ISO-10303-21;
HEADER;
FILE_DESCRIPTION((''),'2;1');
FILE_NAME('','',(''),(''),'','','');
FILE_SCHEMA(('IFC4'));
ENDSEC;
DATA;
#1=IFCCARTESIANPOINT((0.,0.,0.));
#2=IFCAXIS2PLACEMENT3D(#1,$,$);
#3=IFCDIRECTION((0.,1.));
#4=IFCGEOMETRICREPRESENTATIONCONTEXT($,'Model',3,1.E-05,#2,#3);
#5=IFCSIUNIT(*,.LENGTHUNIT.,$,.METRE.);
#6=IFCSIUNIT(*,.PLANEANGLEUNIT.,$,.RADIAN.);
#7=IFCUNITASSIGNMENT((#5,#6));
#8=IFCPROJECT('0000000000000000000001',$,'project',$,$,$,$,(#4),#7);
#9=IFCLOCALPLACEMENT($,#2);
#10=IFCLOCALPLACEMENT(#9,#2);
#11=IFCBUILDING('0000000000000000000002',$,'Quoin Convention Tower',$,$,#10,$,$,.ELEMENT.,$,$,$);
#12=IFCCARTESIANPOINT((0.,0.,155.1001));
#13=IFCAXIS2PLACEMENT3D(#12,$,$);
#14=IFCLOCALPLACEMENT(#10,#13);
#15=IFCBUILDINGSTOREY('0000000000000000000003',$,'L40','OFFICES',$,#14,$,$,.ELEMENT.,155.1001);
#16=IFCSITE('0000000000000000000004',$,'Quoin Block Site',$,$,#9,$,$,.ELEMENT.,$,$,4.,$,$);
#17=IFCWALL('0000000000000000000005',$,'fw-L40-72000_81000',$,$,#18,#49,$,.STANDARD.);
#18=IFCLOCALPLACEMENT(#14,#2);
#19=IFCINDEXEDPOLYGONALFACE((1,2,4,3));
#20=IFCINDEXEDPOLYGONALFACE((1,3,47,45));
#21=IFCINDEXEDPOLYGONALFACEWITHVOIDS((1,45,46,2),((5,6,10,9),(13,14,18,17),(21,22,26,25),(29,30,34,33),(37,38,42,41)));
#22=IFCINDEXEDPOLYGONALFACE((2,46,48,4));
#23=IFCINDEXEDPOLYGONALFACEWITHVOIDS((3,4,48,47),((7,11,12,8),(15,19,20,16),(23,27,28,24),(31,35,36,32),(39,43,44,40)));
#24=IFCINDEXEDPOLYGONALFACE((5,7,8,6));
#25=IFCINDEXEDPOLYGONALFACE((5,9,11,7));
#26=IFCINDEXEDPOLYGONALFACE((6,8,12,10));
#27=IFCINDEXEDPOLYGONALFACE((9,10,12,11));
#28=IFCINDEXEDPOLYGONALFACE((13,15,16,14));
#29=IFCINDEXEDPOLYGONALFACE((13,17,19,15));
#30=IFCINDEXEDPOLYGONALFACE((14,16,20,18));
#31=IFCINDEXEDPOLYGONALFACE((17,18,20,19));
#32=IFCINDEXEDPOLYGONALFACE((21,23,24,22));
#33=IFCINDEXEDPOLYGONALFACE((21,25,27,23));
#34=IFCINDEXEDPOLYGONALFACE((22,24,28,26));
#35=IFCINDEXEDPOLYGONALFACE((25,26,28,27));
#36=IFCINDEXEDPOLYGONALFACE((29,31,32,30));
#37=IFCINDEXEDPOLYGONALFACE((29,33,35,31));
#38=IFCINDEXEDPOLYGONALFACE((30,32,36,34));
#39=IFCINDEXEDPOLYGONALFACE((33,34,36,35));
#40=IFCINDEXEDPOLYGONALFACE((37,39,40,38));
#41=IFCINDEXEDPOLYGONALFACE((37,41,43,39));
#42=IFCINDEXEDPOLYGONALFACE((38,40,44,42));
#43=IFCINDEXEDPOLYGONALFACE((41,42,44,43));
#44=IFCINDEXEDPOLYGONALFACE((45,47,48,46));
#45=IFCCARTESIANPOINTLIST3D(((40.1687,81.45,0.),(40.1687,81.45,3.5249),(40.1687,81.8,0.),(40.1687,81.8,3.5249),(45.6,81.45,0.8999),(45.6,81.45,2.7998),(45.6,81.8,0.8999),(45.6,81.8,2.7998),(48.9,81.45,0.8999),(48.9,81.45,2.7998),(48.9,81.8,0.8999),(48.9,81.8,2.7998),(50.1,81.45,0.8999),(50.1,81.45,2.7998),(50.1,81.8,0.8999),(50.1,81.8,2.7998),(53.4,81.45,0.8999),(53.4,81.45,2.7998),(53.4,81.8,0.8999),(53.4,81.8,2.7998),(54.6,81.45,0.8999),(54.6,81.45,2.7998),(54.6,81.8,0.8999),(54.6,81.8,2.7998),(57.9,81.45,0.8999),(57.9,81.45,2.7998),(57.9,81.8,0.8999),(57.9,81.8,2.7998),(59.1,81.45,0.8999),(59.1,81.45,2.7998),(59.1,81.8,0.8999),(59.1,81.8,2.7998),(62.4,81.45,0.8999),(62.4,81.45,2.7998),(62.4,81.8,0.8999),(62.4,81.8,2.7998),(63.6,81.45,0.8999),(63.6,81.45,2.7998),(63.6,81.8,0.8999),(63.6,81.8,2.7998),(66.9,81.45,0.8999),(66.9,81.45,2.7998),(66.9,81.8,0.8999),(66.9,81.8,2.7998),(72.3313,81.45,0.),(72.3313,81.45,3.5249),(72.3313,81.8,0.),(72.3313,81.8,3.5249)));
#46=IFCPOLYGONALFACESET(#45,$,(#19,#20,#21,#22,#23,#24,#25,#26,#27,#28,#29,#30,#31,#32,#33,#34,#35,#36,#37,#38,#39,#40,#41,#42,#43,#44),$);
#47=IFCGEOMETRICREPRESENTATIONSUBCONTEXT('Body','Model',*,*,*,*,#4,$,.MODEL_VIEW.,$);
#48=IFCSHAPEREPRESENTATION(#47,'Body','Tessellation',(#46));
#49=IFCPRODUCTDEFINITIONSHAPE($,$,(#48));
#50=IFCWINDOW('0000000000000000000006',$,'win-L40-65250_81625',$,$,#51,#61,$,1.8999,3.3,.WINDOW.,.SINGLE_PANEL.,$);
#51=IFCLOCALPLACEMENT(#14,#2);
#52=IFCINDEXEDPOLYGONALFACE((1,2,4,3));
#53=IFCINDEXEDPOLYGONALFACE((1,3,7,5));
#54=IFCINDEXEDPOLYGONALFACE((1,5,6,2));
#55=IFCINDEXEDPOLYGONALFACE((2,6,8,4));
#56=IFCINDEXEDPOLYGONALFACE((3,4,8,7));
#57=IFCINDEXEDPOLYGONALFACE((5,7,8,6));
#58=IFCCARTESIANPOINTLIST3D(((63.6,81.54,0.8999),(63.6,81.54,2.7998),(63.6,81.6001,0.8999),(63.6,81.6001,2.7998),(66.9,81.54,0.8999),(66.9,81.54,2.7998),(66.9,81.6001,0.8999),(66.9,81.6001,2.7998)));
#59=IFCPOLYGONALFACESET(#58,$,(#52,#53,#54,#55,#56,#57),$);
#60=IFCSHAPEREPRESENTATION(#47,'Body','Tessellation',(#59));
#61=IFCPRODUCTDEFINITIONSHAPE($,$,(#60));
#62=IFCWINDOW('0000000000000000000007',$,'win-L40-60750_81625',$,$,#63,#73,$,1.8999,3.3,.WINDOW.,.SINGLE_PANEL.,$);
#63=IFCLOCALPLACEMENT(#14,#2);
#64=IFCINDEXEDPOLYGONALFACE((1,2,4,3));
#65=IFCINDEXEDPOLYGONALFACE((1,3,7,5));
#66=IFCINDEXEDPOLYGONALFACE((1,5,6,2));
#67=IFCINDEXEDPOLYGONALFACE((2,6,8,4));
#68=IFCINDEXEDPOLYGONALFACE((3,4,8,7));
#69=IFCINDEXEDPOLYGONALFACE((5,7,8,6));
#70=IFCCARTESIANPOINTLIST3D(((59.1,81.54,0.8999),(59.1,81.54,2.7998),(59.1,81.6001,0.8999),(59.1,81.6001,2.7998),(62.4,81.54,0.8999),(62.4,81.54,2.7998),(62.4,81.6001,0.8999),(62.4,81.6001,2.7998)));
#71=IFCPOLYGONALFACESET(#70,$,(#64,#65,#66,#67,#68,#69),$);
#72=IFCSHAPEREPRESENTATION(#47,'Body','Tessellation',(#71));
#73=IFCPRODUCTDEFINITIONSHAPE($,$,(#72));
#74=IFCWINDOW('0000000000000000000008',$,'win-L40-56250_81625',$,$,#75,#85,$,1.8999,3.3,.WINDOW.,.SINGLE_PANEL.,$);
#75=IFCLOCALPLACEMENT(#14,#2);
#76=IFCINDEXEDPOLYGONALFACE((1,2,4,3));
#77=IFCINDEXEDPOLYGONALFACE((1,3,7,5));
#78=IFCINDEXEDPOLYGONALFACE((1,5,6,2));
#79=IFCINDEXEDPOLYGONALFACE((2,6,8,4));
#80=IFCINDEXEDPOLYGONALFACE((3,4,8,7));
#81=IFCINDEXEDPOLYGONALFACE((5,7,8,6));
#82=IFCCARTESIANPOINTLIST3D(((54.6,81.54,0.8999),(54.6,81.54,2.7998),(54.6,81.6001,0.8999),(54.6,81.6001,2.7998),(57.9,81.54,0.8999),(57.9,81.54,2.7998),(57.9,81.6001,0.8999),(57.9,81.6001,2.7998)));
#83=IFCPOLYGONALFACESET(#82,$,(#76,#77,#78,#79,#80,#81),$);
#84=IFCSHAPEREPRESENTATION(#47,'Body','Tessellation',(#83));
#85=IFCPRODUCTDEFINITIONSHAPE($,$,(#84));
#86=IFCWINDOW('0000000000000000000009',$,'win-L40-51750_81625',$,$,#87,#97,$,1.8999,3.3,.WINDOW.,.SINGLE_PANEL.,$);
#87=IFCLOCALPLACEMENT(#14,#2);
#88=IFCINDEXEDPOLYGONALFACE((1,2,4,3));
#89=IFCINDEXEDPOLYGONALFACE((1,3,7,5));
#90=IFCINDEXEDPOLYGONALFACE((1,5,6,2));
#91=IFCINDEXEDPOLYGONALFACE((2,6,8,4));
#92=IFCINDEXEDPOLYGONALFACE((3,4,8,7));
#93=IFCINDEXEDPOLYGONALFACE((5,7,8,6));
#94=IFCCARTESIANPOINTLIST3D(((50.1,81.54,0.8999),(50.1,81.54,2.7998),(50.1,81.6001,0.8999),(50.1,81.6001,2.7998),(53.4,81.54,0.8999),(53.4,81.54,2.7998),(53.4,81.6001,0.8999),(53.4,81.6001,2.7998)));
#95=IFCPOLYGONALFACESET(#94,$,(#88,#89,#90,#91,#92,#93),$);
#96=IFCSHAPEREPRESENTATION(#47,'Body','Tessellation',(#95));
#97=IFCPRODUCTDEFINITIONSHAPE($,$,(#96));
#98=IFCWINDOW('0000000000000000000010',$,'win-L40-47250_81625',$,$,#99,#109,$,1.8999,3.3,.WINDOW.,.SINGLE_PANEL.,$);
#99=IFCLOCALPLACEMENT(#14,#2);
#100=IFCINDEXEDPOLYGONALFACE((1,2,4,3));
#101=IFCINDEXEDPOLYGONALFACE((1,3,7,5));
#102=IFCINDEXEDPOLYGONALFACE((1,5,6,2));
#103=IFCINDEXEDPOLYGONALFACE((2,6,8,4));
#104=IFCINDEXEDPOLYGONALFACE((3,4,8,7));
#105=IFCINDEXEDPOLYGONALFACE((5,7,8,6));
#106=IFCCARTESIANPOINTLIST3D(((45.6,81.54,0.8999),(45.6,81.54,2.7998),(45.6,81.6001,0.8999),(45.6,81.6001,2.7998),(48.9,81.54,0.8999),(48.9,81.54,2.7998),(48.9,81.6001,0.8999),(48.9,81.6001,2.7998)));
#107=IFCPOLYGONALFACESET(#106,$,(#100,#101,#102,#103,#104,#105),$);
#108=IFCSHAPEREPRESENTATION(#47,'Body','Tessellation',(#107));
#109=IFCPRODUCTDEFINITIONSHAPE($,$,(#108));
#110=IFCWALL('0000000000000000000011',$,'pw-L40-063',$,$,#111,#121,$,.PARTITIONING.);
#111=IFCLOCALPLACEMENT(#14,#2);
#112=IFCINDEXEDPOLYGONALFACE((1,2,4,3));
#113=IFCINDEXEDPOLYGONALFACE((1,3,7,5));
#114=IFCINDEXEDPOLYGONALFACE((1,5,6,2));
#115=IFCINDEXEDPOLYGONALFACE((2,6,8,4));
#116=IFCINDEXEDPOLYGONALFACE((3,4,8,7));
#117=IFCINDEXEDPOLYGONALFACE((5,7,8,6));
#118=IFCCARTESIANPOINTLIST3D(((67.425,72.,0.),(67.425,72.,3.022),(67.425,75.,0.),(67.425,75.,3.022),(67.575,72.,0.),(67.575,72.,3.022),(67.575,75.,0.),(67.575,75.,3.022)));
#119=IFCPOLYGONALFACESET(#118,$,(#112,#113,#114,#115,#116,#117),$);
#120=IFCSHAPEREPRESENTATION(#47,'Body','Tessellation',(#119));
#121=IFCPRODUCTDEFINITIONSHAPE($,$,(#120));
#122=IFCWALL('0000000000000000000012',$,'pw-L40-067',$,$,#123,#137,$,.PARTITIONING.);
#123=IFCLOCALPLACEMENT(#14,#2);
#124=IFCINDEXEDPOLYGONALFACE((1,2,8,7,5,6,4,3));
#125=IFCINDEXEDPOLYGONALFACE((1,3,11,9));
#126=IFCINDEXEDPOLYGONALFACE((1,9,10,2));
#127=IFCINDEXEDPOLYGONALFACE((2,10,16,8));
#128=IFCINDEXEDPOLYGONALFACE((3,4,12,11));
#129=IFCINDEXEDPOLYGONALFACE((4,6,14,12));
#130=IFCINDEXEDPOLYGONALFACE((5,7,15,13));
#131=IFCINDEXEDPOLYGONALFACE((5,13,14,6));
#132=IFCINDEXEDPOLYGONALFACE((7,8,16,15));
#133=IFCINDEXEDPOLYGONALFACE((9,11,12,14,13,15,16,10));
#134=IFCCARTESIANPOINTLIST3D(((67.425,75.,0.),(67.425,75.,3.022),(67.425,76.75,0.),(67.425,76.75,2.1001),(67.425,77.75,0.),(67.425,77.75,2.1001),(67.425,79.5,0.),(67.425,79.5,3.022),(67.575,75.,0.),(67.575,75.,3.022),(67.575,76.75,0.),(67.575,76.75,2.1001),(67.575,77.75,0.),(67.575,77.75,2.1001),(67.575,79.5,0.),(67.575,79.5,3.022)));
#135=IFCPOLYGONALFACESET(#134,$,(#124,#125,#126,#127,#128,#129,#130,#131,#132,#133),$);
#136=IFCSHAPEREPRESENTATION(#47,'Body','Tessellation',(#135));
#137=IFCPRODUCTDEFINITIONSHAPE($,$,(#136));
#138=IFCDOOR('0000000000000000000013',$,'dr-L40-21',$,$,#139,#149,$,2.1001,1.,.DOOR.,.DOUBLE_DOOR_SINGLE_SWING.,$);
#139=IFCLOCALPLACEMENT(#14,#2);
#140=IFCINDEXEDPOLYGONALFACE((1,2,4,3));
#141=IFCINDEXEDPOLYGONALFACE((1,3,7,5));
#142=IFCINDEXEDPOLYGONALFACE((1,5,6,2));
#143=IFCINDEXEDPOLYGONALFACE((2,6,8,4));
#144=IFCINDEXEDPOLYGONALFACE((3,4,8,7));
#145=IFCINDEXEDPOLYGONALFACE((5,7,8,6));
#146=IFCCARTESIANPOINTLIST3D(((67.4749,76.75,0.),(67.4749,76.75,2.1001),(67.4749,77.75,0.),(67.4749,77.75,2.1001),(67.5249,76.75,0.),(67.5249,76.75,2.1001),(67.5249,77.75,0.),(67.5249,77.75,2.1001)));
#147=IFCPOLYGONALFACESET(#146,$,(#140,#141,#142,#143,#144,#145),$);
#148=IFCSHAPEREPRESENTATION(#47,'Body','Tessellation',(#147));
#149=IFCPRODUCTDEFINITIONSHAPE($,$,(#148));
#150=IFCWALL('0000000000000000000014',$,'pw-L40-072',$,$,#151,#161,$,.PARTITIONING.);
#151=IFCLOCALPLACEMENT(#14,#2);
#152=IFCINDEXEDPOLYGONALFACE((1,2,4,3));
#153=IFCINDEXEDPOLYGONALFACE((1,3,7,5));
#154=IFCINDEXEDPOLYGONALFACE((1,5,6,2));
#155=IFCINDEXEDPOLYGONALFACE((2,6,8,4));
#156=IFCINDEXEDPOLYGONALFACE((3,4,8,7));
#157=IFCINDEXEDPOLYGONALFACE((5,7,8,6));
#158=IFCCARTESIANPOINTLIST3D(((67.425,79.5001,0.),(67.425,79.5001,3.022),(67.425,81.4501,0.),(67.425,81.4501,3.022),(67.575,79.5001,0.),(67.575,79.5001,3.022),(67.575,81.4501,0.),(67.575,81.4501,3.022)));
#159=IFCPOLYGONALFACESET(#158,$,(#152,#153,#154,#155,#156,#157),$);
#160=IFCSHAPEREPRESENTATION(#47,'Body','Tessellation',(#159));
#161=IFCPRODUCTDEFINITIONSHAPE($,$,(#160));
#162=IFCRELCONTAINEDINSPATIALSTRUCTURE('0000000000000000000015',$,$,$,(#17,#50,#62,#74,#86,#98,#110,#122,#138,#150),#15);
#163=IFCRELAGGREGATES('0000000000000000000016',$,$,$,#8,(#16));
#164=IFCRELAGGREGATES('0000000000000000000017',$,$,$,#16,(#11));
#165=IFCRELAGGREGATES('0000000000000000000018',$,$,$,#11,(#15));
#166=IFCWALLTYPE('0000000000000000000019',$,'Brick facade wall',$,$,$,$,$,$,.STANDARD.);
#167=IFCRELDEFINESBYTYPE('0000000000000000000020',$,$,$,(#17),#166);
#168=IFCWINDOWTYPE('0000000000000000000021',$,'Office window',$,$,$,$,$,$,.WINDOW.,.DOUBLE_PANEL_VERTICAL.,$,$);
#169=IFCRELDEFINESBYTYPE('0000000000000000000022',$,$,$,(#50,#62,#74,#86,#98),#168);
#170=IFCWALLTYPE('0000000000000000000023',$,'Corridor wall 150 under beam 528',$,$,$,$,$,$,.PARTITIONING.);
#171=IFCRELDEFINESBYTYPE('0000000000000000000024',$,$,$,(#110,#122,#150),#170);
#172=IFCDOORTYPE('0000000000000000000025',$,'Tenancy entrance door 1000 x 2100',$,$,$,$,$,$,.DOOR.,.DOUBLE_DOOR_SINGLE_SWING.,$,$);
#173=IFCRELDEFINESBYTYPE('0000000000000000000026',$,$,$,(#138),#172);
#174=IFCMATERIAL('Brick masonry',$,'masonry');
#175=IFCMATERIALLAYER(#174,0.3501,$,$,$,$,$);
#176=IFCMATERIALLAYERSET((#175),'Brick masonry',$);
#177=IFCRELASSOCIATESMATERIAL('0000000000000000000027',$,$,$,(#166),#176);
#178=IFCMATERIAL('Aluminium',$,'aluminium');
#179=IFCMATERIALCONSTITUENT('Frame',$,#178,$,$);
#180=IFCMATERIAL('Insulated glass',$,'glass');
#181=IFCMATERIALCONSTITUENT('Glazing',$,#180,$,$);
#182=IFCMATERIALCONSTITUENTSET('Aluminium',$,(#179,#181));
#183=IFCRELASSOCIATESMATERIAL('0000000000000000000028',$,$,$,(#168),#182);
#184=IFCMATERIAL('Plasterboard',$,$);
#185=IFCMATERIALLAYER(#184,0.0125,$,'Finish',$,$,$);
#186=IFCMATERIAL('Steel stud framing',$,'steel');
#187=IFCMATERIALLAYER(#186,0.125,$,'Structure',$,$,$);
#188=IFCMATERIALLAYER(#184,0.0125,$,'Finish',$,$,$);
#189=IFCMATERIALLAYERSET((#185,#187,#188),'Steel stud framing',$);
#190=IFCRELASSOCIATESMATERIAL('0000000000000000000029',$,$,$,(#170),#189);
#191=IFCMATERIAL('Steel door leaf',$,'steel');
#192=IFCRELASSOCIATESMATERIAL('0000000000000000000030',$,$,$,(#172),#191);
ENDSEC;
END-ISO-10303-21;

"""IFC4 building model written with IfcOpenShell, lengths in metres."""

from ifc_helpers import new_model, si_unit, direction, frame, frame_2d, origin, place, context, subcontext, project, spatial, rectangle, extrude, material, layer, layer_set, constituent, constituent_set, type_object, element, fill, save


model = new_model("IFC4")

# Units and contexts
model_context = context("Model", 3, precision=1e-05, world=origin(), true_north=direction((0.0, 1.0)))
body_context = subcontext(model_context, "Body", "Model", "MODEL_VIEW")
ifc_project = project(units=[si_unit("LENGTHUNIT", "METRE"), si_unit("PLANEANGLEUNIT", "RADIAN")], contexts=[model_context])

# Site, building, storey
site_placement = place(None, origin())
site = spatial("IfcSite", under=ifc_project, at=site_placement, Name="Quoin Block Site", CompositionType="ELEMENT", RefElevation=4.0)
building_placement = place(site_placement, origin())
building = spatial("IfcBuilding", under=site, at=building_placement, Name="Quoin Convention Tower", CompositionType="ELEMENT")
storey_placement = place(building_placement, frame((0.0, 0.0, 155.1001)))
storey = spatial("IfcBuildingStorey", under=building, at=storey_placement, Name="L40", Description="OFFICES", CompositionType="ELEMENT", Elevation=155.1001)

# Shared definitions
ifc_material_1 = material(Name="Brick masonry", Category="masonry")
ifc_layer_1 = layer(ifc_material_1, 0.3501)
ifc_layer_set_1 = layer_set([ifc_layer_1], Name="Brick masonry")
wall_type_1 = type_object("IfcWallType", Name="Brick facade wall", PredefinedType="STANDARD", material=ifc_layer_set_1)
ifc_material_2 = material(Name="Aluminium", Category="aluminium")
ifc_constituent_1 = constituent(ifc_material_2, Name="Frame")
ifc_material_3 = material(Name="Insulated glass", Category="glass")
ifc_constituent_2 = constituent(ifc_material_3, Name="Glazing")
ifc_constituent_set = constituent_set(constituents=[ifc_constituent_1, ifc_constituent_2], Name="Aluminium")
window_type = type_object("IfcWindowType", Name="Office window", PartitioningType="DOUBLE_PANEL_VERTICAL", PredefinedType="WINDOW", material=ifc_constituent_set)

# Wall, openings, windows
wall_1_placement = place(storey_placement, frame((72.3313, 81.625, 0.0), z_axis=(0.0, 0.0, 1.0), x_axis=(-1.0, 0.0, 0.0)))
wall_1 = element("IfcWall", 1, at=wall_1_placement, inside=storey, type_object=wall_type_1, Name="fw-L40-72000_81000", PredefinedType="STANDARD", context=body_context, shape_type="SweptSolid", body=[
    extrude(rectangle(XDim=32.1626, YDim=0.3501, at=frame_2d((16.0813, 0.0))), origin(), (0.0, 0.0, 1.0), 3.5249),
])
opening_1_placement = place(wall_1_placement, frame((5.4314, 0.0, 0.8999)))
opening_1 = element("IfcOpeningElement", 2, at=opening_1_placement, cuts=wall_1, PredefinedType="OPENING", context=body_context, shape_type="SweptSolid", body=[
    extrude(rectangle(XDim=3.3, YDim=1.8999, at=frame_2d((1.6499, 0.95))), frame((0.0, 0.1851, 0.0), z_axis=(0.0, -1.0, 0.0), x_axis=(1.0, 0.0, 0.0)), (0.0, 0.0, 1.0), 0.3701),
])
opening_2_placement = place(wall_1_placement, frame((9.9314, 0.0, 0.8999)))
opening_2 = element("IfcOpeningElement", 3, at=opening_2_placement, cuts=wall_1, PredefinedType="OPENING", context=body_context, shape_type="SweptSolid", body=[
    extrude(rectangle(XDim=3.3, YDim=1.8999, at=frame_2d((1.6499, 0.95))), frame((0.0, 0.1851, 0.0), z_axis=(0.0, -1.0, 0.0), x_axis=(1.0, 0.0, 0.0)), (0.0, 0.0, 1.0), 0.3701),
])
opening_3_placement = place(wall_1_placement, frame((14.4314, 0.0, 0.8999)))
opening_3 = element("IfcOpeningElement", 4, at=opening_3_placement, cuts=wall_1, PredefinedType="OPENING", context=body_context, shape_type="SweptSolid", body=[
    extrude(rectangle(XDim=3.3, YDim=1.8999, at=frame_2d((1.6499, 0.95))), frame((0.0, 0.1851, 0.0), z_axis=(0.0, -1.0, 0.0), x_axis=(1.0, 0.0, 0.0)), (0.0, 0.0, 1.0), 0.3701),
])
opening_4_placement = place(wall_1_placement, frame((18.9314, 0.0, 0.8999)))
opening_4 = element("IfcOpeningElement", 5, at=opening_4_placement, cuts=wall_1, PredefinedType="OPENING", context=body_context, shape_type="SweptSolid", body=[
    extrude(rectangle(XDim=3.3, YDim=1.8999, at=frame_2d((1.6499, 0.95))), frame((0.0, 0.1851, 0.0), z_axis=(0.0, -1.0, 0.0), x_axis=(1.0, 0.0, 0.0)), (0.0, 0.0, 1.0), 0.3701),
])
opening_5_placement = place(wall_1_placement, frame((23.4314, 0.0, 0.8999)))
opening_5 = element("IfcOpeningElement", 6, at=opening_5_placement, cuts=wall_1, PredefinedType="OPENING", context=body_context, shape_type="SweptSolid", body=[
    extrude(rectangle(XDim=3.3, YDim=1.8999, at=frame_2d((1.6499, 0.95))), frame((0.0, 0.1851, 0.0), z_axis=(0.0, -1.0, 0.0), x_axis=(1.0, 0.0, 0.0)), (0.0, 0.0, 1.0), 0.3701),
])
window_1_placement = place(opening_1_placement, origin())
window_1 = element("IfcWindow", 7, at=window_1_placement, inside=storey, type_object=window_type, Name="win-L40-65250_81625", OverallHeight=1.8999, OverallWidth=3.3, PartitioningType="SINGLE_PANEL", PredefinedType="WINDOW", context=body_context, shape_type="SweptSolid", body=[
    extrude(rectangle(XDim=3.3, YDim=1.8999, at=frame_2d((1.6499, 0.95))), frame((0.0, 0.085, 0.0), z_axis=(0.0, -1.0, 0.0), x_axis=(1.0, 0.0, 0.0)), (0.0, 0.0, 1.0), 0.0601),
])
fill(opening_1, window_1)
window_2_placement = place(opening_2_placement, origin())
window_2 = element("IfcWindow", 8, at=window_2_placement, inside=storey, type_object=window_type, Name="win-L40-60750_81625", OverallHeight=1.8999, OverallWidth=3.3, PartitioningType="SINGLE_PANEL", PredefinedType="WINDOW", context=body_context, shape_type="SweptSolid", body=[
    extrude(rectangle(XDim=3.3, YDim=1.8999, at=frame_2d((1.6499, 0.95))), frame((0.0, 0.085, 0.0), z_axis=(0.0, -1.0, 0.0), x_axis=(1.0, 0.0, 0.0)), (0.0, 0.0, 1.0), 0.0601),
])
fill(opening_2, window_2)
window_3_placement = place(opening_3_placement, origin())
window_3 = element("IfcWindow", 9, at=window_3_placement, inside=storey, type_object=window_type, Name="win-L40-56250_81625", OverallHeight=1.8999, OverallWidth=3.3, PartitioningType="SINGLE_PANEL", PredefinedType="WINDOW", context=body_context, shape_type="SweptSolid", body=[
    extrude(rectangle(XDim=3.3, YDim=1.8999, at=frame_2d((1.6499, 0.95))), frame((0.0, 0.085, 0.0), z_axis=(0.0, -1.0, 0.0), x_axis=(1.0, 0.0, 0.0)), (0.0, 0.0, 1.0), 0.0601),
])
fill(opening_3, window_3)
window_4_placement = place(opening_4_placement, origin())
window_4 = element("IfcWindow", 10, at=window_4_placement, inside=storey, type_object=window_type, Name="win-L40-51750_81625", OverallHeight=1.8999, OverallWidth=3.3, PartitioningType="SINGLE_PANEL", PredefinedType="WINDOW", context=body_context, shape_type="SweptSolid", body=[
    extrude(rectangle(XDim=3.3, YDim=1.8999, at=frame_2d((1.6499, 0.95))), frame((0.0, 0.085, 0.0), z_axis=(0.0, -1.0, 0.0), x_axis=(1.0, 0.0, 0.0)), (0.0, 0.0, 1.0), 0.0601),
])
fill(opening_4, window_4)
window_5_placement = place(opening_5_placement, origin())
window_5 = element("IfcWindow", 11, at=window_5_placement, inside=storey, type_object=window_type, Name="win-L40-47250_81625", OverallHeight=1.8999, OverallWidth=3.3, PartitioningType="SINGLE_PANEL", PredefinedType="WINDOW", context=body_context, shape_type="SweptSolid", body=[
    extrude(rectangle(XDim=3.3, YDim=1.8999, at=frame_2d((1.6499, 0.95))), frame((0.0, 0.085, 0.0), z_axis=(0.0, -1.0, 0.0), x_axis=(1.0, 0.0, 0.0)), (0.0, 0.0, 1.0), 0.0601),
])
fill(opening_5, window_5)

# Wall
ifc_material_4 = material(Name="Plasterboard")
ifc_layer_2 = layer(ifc_material_4, 0.0125, Name="Finish")
ifc_material_5 = material(Name="Steel stud framing", Category="steel")
ifc_layer_3 = layer(ifc_material_5, 0.125, Name="Structure")
ifc_layer_4 = layer(ifc_material_4, 0.0125, Name="Finish")
ifc_layer_set_2 = layer_set([ifc_layer_2, ifc_layer_3, ifc_layer_4], Name="Steel stud framing")
wall_type_2 = type_object("IfcWallType", Name="Corridor wall 150 under beam 528", PredefinedType="PARTITIONING", material=ifc_layer_set_2)
wall_2_placement = place(storey_placement, frame((67.5, 72.0, 0.0), z_axis=(0.0, 0.0, 1.0), x_axis=(0.0, 1.0, 0.0)))
element("IfcWall", 12, at=wall_2_placement, inside=storey, type_object=wall_type_2, Name="pw-L40-063", PredefinedType="PARTITIONING", context=body_context, shape_type="SweptSolid", body=[
    extrude(rectangle(XDim=3.0, YDim=0.1499, at=frame_2d((1.5, 0.0))), origin(), (0.0, 0.0, 1.0), 3.022),
])

# Wall, opening, door
wall_3_placement = place(storey_placement, frame((67.5, 75.0, 0.0), z_axis=(0.0, 0.0, 1.0), x_axis=(0.0, 1.0, 0.0)))
wall_3 = element("IfcWall", 13, at=wall_3_placement, inside=storey, type_object=wall_type_2, Name="pw-L40-067", PredefinedType="PARTITIONING", context=body_context, shape_type="SweptSolid", body=[
    extrude(rectangle(XDim=4.5, YDim=0.1499, at=frame_2d((2.25, 0.0))), origin(), (0.0, 0.0, 1.0), 3.022),
])
opening_6_placement = place(wall_3_placement, frame((1.75, 0.0, 0.0)))
opening_6 = element("IfcOpeningElement", 14, at=opening_6_placement, cuts=wall_3, PredefinedType="OPENING", context=body_context, shape_type="SweptSolid", body=[
    extrude(rectangle(XDim=1.0, YDim=2.1001, at=frame_2d((0.5, 1.05))), frame((0.0, 0.085, 0.0), z_axis=(0.0, -1.0, 0.0), x_axis=(1.0, 0.0, 0.0)), (0.0, 0.0, 1.0), 0.1699),
])
ifc_material_6 = material(Name="Steel door leaf", Category="steel")
door_type = type_object("IfcDoorType", Name="Tenancy entrance door 1000 x 2100", OperationType="DOUBLE_DOOR_SINGLE_SWING", PredefinedType="DOOR", material=ifc_material_6)
door_placement = place(opening_6_placement, frame((1.0, 0.0, 0.0), z_axis=(0.0, 0.0, 1.0), x_axis=(-1.0, 0.0, 0.0)))
door = element("IfcDoor", 15, at=door_placement, inside=storey, type_object=door_type, Name="dr-L40-21", OperationType="DOUBLE_DOOR_SINGLE_SWING", OverallHeight=2.1001, OverallWidth=1.0, PredefinedType="DOOR", context=body_context, shape_type="SweptSolid", body=[
    extrude(rectangle(XDim=1.0, YDim=2.1001, at=frame_2d((0.5, 1.05))), frame((0.0, 0.0249, 0.0), z_axis=(0.0, -1.0, 0.0), x_axis=(1.0, 0.0, 0.0)), (0.0, 0.0, 1.0), 0.05),
])
fill(opening_6, door)

# Wall
wall_4_placement = place(storey_placement, frame((67.5, 79.5, 0.0), z_axis=(0.0, 0.0, 1.0), x_axis=(0.0, 1.0, 0.0)))
element("IfcWall", 16, at=wall_4_placement, inside=storey, type_object=wall_type_2, Name="pw-L40-072", PredefinedType="PARTITIONING", context=body_context, shape_type="SweptSolid", body=[
    extrude(rectangle(XDim=1.95, YDim=0.1499, at=frame_2d((0.9751, 0.0))), origin(), (0.0, 0.0, 1.0), 3.022),
])

save(model, "model.ifc")
